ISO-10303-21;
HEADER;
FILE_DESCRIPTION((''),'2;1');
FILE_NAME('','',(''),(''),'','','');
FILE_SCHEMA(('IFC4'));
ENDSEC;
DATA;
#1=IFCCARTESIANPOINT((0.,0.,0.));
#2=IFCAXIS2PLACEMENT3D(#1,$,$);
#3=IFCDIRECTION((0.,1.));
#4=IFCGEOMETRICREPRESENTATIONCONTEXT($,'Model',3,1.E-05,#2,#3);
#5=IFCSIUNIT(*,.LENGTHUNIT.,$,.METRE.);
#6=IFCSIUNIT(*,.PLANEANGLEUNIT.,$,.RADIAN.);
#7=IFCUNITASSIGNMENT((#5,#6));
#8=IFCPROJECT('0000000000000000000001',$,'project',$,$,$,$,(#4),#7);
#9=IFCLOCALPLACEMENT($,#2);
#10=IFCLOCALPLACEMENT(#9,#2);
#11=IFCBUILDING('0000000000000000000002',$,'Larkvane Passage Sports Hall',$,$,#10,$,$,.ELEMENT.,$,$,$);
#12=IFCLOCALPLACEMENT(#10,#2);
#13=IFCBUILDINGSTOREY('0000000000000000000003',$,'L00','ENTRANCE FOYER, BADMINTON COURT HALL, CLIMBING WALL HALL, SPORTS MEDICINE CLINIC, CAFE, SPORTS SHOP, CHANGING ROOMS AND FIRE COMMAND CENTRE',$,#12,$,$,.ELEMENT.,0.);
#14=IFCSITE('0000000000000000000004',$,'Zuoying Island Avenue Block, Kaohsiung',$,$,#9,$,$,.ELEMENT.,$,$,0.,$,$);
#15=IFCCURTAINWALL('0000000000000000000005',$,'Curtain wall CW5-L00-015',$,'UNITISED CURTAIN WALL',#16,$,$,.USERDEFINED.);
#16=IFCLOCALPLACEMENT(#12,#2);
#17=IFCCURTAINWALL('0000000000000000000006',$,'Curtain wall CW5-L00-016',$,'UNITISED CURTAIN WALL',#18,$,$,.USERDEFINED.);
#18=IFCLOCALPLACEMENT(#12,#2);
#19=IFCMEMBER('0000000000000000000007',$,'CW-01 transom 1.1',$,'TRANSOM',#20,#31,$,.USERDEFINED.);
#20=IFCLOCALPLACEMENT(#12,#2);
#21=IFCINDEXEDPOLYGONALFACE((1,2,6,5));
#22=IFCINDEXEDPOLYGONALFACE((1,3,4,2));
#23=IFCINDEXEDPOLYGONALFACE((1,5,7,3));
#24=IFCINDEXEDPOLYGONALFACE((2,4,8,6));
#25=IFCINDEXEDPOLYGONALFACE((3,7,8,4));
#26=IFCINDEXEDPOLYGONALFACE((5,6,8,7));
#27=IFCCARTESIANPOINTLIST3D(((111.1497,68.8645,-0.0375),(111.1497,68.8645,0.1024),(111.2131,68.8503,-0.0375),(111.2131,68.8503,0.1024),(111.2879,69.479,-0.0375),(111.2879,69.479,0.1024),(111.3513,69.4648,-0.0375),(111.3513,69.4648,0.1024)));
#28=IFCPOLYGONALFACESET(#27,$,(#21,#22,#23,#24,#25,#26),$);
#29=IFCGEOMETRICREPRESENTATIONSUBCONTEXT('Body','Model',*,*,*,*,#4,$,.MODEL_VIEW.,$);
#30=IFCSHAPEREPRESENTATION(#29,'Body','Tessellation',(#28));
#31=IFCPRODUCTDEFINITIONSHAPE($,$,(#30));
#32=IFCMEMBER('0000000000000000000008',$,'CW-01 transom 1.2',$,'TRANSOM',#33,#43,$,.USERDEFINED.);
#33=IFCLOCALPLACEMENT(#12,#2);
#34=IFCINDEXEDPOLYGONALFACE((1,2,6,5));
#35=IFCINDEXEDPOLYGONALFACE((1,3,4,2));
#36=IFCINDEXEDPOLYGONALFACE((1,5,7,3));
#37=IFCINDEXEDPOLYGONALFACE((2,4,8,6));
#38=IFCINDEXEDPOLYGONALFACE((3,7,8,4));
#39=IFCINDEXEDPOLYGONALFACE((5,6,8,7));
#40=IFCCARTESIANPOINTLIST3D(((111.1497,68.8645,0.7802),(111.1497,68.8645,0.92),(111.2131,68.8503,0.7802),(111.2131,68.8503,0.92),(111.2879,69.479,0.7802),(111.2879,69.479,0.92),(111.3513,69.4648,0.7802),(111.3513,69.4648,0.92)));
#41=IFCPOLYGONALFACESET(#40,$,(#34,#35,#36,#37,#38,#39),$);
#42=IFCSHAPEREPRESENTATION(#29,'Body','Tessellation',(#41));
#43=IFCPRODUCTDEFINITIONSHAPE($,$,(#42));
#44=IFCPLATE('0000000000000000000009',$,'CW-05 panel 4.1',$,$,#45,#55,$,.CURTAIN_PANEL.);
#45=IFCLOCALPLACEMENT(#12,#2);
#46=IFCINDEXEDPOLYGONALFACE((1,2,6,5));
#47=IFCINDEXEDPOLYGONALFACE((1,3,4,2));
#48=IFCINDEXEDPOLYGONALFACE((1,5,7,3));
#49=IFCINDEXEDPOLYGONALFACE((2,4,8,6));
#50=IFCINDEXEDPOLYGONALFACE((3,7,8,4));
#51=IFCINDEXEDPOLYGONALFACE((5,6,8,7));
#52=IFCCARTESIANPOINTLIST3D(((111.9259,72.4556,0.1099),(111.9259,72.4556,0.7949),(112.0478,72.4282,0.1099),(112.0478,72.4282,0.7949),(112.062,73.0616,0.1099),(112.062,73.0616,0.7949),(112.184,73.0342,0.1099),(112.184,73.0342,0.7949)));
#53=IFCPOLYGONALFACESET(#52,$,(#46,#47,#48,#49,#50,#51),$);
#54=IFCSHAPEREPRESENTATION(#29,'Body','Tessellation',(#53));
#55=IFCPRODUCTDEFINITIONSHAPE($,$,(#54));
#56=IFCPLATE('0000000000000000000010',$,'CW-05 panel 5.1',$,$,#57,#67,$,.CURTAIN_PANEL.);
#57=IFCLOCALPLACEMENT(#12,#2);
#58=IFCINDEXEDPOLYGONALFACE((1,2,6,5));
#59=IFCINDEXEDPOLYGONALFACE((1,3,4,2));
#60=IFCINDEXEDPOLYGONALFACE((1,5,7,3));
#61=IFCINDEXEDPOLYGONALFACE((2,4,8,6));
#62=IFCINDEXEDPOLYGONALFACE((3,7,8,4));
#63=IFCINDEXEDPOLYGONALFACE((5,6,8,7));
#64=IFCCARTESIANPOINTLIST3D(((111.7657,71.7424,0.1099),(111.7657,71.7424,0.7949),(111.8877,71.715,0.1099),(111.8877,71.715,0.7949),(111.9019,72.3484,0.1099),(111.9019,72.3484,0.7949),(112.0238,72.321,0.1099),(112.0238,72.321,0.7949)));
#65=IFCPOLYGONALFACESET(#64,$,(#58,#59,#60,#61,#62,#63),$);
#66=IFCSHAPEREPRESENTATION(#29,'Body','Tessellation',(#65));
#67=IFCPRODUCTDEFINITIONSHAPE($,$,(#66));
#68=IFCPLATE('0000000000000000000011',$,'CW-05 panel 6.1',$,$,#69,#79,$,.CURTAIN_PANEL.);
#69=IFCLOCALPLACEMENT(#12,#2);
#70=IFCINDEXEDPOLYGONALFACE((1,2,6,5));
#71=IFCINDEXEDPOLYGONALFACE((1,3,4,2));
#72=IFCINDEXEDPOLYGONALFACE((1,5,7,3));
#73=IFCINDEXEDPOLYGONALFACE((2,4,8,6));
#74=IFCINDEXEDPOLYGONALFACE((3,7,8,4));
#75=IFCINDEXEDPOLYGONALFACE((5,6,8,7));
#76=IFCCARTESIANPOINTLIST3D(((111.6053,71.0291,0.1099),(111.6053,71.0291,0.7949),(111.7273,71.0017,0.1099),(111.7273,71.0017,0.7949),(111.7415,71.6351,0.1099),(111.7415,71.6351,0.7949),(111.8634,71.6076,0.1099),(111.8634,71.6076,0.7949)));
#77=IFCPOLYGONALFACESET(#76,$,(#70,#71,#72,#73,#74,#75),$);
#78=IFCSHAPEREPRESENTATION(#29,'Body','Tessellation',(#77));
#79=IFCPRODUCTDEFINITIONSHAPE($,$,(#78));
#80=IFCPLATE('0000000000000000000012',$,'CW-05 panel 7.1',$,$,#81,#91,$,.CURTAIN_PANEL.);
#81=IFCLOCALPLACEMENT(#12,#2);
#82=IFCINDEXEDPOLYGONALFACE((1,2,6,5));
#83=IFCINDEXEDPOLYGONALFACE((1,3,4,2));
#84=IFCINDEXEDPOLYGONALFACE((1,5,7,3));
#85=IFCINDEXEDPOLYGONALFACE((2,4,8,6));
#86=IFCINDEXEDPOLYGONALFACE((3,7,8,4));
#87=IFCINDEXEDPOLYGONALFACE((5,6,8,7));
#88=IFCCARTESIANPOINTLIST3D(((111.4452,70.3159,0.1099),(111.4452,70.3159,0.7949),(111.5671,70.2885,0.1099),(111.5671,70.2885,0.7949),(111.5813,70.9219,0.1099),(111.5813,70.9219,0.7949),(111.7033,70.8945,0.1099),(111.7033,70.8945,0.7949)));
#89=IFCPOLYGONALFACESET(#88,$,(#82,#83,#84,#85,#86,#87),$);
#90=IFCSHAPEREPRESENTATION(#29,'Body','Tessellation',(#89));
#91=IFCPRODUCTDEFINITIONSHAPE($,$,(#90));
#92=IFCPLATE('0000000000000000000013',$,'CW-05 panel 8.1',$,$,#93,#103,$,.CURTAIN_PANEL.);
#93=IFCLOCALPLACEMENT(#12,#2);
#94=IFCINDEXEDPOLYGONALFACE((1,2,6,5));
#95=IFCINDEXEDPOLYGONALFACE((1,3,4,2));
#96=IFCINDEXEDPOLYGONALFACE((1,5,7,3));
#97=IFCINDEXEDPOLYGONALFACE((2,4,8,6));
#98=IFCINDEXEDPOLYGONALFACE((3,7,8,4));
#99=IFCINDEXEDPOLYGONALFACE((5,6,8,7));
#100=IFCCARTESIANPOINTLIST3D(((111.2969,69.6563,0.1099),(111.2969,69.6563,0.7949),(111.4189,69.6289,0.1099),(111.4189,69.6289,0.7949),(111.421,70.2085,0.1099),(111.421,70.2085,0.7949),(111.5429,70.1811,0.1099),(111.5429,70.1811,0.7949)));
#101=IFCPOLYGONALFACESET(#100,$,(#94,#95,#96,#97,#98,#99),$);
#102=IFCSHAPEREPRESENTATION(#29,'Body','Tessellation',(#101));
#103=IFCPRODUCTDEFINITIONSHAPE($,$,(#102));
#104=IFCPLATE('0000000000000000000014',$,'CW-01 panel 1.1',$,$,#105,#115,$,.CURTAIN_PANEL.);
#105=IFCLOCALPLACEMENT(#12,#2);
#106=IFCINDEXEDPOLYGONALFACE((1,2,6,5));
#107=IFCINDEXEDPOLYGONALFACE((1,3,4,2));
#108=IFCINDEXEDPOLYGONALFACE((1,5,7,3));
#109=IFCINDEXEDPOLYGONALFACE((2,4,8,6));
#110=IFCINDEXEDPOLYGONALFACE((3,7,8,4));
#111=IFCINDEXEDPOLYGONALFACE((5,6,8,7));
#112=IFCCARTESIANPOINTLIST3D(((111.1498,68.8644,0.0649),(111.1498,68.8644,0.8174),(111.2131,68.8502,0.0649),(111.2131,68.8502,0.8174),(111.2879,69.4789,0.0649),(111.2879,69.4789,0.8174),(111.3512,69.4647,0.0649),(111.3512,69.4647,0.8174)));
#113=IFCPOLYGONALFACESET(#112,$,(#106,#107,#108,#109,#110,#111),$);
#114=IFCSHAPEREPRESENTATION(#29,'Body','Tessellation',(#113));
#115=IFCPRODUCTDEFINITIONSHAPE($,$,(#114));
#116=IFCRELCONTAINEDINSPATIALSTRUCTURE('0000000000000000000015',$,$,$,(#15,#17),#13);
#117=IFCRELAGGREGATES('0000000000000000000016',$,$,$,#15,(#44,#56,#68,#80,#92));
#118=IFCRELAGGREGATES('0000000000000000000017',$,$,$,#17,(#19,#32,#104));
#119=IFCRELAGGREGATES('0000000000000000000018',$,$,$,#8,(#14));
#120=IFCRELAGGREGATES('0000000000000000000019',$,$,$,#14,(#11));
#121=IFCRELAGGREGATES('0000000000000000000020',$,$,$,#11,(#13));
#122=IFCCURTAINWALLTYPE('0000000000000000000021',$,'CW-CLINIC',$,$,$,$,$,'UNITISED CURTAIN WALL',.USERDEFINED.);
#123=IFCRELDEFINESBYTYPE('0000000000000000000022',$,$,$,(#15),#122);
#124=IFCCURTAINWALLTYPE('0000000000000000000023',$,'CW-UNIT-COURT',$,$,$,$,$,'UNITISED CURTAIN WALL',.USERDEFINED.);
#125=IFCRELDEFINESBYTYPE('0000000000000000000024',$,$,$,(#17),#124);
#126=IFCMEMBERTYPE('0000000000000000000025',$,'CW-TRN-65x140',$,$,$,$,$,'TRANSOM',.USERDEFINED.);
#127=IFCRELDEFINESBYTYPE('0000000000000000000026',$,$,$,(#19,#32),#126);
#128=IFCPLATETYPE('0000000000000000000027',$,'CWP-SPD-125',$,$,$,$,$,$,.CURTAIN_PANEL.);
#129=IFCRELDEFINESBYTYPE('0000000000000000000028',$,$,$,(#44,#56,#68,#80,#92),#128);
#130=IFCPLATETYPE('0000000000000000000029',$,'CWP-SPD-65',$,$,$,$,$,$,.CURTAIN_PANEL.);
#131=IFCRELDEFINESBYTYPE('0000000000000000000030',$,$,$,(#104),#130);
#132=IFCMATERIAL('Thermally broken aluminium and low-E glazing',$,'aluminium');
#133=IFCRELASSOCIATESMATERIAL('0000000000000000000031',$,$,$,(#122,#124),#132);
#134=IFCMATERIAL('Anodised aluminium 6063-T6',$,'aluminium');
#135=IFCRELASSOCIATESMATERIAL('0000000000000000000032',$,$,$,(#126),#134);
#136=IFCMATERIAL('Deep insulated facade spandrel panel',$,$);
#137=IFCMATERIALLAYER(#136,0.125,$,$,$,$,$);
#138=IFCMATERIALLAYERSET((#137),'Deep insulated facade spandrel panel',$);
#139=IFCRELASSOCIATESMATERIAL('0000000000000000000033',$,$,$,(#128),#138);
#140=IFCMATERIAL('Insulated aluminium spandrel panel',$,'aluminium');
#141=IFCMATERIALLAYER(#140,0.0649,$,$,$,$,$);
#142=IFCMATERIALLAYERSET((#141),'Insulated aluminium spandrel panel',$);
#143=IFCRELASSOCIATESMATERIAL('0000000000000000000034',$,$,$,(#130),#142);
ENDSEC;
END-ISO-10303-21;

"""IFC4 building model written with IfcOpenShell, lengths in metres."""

from ifc_helpers import new_model, si_unit, direction, frame, origin, origin_2d, place, context, subcontext, project, spatial, rectangle, extrude, material, layer, layer_set, material_profile, profile_set, type_object, element, aggregate, save


model = new_model("IFC4")

# Units and contexts
model_context = context("Model", 3, precision=1e-05, world=origin(), true_north=direction((0.0, 1.0)))
body_context = subcontext(model_context, "Body", "Model", "MODEL_VIEW")
ifc_project = project(units=[si_unit("LENGTHUNIT", "METRE"), si_unit("PLANEANGLEUNIT", "RADIAN")], contexts=[model_context])

# Site, building, storey
site_placement = place(None, origin())
site = spatial("IfcSite", under=ifc_project, at=site_placement, Name="Zuoying Island Avenue Block, Kaohsiung", CompositionType="ELEMENT", RefElevation=0.0)
building_placement = place(site_placement, origin())
building = spatial("IfcBuilding", under=site, at=building_placement, Name="Larkvane Passage Sports Hall", CompositionType="ELEMENT")
storey_placement = place(building_placement, origin())
storey = spatial("IfcBuildingStorey", under=building, at=storey_placement, Name="L00", Description="ENTRANCE FOYER, BADMINTON COURT HALL, CLIMBING WALL HALL, SPORTS MEDICINE CLINIC, CAFE, SPORTS SHOP, CHANGING ROOMS AND FIRE COMMAND CENTRE", CompositionType="ELEMENT", Elevation=0.0)

# Curtain walls
ifc_material_1 = material(Name="Thermally broken aluminium and low-E glazing", Category="aluminium")
curtain_wall_type_1 = type_object("IfcCurtainWallType", Name="CW-CLINIC", ElementType="UNITISED CURTAIN WALL", PredefinedType="USERDEFINED", material=ifc_material_1)
curtain_wall_1_placement = place(storey_placement, origin())
curtain_wall_1 = element("IfcCurtainWall", 1, at=curtain_wall_1_placement, inside=storey, type_object=curtain_wall_type_1, Name="Curtain wall CW5-L00-015", ObjectType="UNITISED CURTAIN WALL", PredefinedType="USERDEFINED")
ifc_material_2 = material(Name="Anodised aluminium 6063-T6", Category="aluminium")
curtain_wall_type_2 = type_object("IfcCurtainWallType", Name="CW-UNIT-COURT", ElementType="UNITISED CURTAIN WALL", PredefinedType="USERDEFINED", material=ifc_material_1)
curtain_wall_2_placement = place(storey_placement, origin())
curtain_wall_2 = element("IfcCurtainWall", 2, at=curtain_wall_2_placement, inside=storey, type_object=curtain_wall_type_2, Name="Curtain wall CW5-L00-016", ObjectType="UNITISED CURTAIN WALL", PredefinedType="USERDEFINED")

# Members
ifc_material_profile_1 = material_profile(ifc_material_2, rectangle(XDim=0.0649, YDim=0.1399, at=origin_2d()), Name="ALU-TRN-65x140")
ifc_profile_set_1 = profile_set([ifc_material_profile_1], Name="Anodised aluminium 6063-T6")
member_type_1 = type_object("IfcMemberType", Name="CW-TRN-65x140", ElementType="TRANSOM", PredefinedType="USERDEFINED", material=ifc_profile_set_1)
member_1_placement = place(storey_placement, frame((111.3196, 69.4719, 0.0325), z_axis=(-0.219392, -0.975637, 0.0), x_axis=(0.975637, -0.219392, 0.0)))
member_1 = element("IfcMember", 3, at=member_1_placement, type_object=member_type_1, Name="CW-01 transom 1.1", ObjectType="TRANSOM", PredefinedType="USERDEFINED", context=body_context, shape_type="SweptSolid", body=[
    extrude(rectangle(XDim=0.0649, YDim=0.1399, at=origin_2d()), origin(), (0.0, 0.0, 1.0), 0.6299),
])
member_2_placement = place(storey_placement, frame((111.3196, 69.4719, 0.8501), z_axis=(-0.219392, -0.975637, 0.0), x_axis=(0.975637, -0.219392, 0.0)))
member_2 = element("IfcMember", 4, at=member_2_placement, type_object=member_type_1, Name="CW-01 transom 1.2", ObjectType="TRANSOM", PredefinedType="USERDEFINED", context=body_context, shape_type="SweptSolid", body=[
    extrude(rectangle(XDim=0.0649, YDim=0.1399, at=origin_2d()), origin(), (0.0, 0.0, 1.0), 0.6299),
])

# Plates
ifc_material_3 = material(Name="Deep insulated facade spandrel panel")
ifc_layer_1 = layer(ifc_material_3, 0.125)
ifc_layer_set_1 = layer_set([ifc_layer_1], Name="Deep insulated facade spandrel panel")
plate_type_1 = type_object("IfcPlateType", Name="CWP-SPD-125", PredefinedType="CURTAIN_PANEL", material=ifc_layer_set_1)
plate_1_placement = place(storey_placement, frame((112.0549, 72.7449, 0.1099), z_axis=(0.0, 0.0, 1.0), x_axis=(-0.219244, -0.97567, 0.0)))
plate_1 = element("IfcPlate", 5, at=plate_1_placement, type_object=plate_type_1, Name="CW-05 panel 4.1", PredefinedType="CURTAIN_PANEL", context=body_context, shape_type="SweptSolid", body=[
    extrude(rectangle(XDim=0.6211, YDim=0.125, at=origin_2d()), origin(), (0.0, 0.0, 1.0), 0.6851),
])
plate_2_placement = place(storey_placement, frame((111.8948, 72.0317, 0.1099), z_axis=(0.0, 0.0, 1.0), x_axis=(-0.219244, -0.97567, 0.0)))
plate_2 = element("IfcPlate", 6, at=plate_2_placement, type_object=plate_type_1, Name="CW-05 panel 5.1", PredefinedType="CURTAIN_PANEL", context=body_context, shape_type="SweptSolid", body=[
    extrude(rectangle(XDim=0.6211, YDim=0.125, at=origin_2d()), origin(), (0.0, 0.0, 1.0), 0.6851),
])
plate_3_placement = place(storey_placement, frame((111.7344, 71.3184, 0.1099), z_axis=(0.0, 0.0, 1.0), x_axis=(-0.219244, -0.97567, 0.0)))
plate_3 = element("IfcPlate", 7, at=plate_3_placement, type_object=plate_type_1, Name="CW-05 panel 6.1", PredefinedType="CURTAIN_PANEL", context=body_context, shape_type="SweptSolid", body=[
    extrude(rectangle(XDim=0.6211, YDim=0.125, at=origin_2d()), origin(), (0.0, 0.0, 1.0), 0.6851),
])
plate_4_placement = place(storey_placement, frame((111.5742, 70.6052, 0.1099), z_axis=(0.0, 0.0, 1.0), x_axis=(-0.219244, -0.97567, 0.0)))
plate_4 = element("IfcPlate", 8, at=plate_4_placement, type_object=plate_type_1, Name="CW-05 panel 7.1", PredefinedType="CURTAIN_PANEL", context=body_context, shape_type="SweptSolid", body=[
    extrude(rectangle(XDim=0.6211, YDim=0.125, at=origin_2d()), origin(), (0.0, 0.0, 1.0), 0.6851),
])
plate_5_placement = place(storey_placement, frame((111.4199, 69.9187, 0.1099), z_axis=(0.0, 0.0, 1.0), x_axis=(-0.219244, -0.97567, 0.0)))
plate_5 = element("IfcPlate", 9, at=plate_5_placement, type_object=plate_type_1, Name="CW-05 panel 8.1", PredefinedType="CURTAIN_PANEL", context=body_context, shape_type="SweptSolid", body=[
    extrude(rectangle(XDim=0.5659, YDim=0.125, at=origin_2d()), origin(), (0.0, 0.0, 1.0), 0.6851),
])
aggregate(curtain_wall_1, [plate_1, plate_2, plate_3, plate_4, plate_5])
ifc_material_4 = material(Name="Insulated aluminium spandrel panel", Category="aluminium")
ifc_layer_2 = layer(ifc_material_4, 0.0649)
ifc_layer_set_2 = layer_set([ifc_layer_2], Name="Insulated aluminium spandrel panel")
plate_type_2 = type_object("IfcPlateType", Name="CWP-SPD-65", PredefinedType="CURTAIN_PANEL", material=ifc_layer_set_2)
plate_6_placement = place(storey_placement, frame((111.2505, 69.1646, 0.0649), z_axis=(0.0, 0.0, 1.0), x_axis=(-0.219261, -0.975666, 0.0)))
plate_6 = element("IfcPlate", 10, at=plate_6_placement, type_object=plate_type_2, Name="CW-01 panel 1.1", PredefinedType="CURTAIN_PANEL", context=body_context, shape_type="SweptSolid", body=[
    extrude(rectangle(XDim=0.6299, YDim=0.0649, at=origin_2d()), origin(), (0.0, 0.0, 1.0), 0.7524),
])
aggregate(curtain_wall_2, [member_1, member_2, plate_6])

save(model, "model.ifc")
